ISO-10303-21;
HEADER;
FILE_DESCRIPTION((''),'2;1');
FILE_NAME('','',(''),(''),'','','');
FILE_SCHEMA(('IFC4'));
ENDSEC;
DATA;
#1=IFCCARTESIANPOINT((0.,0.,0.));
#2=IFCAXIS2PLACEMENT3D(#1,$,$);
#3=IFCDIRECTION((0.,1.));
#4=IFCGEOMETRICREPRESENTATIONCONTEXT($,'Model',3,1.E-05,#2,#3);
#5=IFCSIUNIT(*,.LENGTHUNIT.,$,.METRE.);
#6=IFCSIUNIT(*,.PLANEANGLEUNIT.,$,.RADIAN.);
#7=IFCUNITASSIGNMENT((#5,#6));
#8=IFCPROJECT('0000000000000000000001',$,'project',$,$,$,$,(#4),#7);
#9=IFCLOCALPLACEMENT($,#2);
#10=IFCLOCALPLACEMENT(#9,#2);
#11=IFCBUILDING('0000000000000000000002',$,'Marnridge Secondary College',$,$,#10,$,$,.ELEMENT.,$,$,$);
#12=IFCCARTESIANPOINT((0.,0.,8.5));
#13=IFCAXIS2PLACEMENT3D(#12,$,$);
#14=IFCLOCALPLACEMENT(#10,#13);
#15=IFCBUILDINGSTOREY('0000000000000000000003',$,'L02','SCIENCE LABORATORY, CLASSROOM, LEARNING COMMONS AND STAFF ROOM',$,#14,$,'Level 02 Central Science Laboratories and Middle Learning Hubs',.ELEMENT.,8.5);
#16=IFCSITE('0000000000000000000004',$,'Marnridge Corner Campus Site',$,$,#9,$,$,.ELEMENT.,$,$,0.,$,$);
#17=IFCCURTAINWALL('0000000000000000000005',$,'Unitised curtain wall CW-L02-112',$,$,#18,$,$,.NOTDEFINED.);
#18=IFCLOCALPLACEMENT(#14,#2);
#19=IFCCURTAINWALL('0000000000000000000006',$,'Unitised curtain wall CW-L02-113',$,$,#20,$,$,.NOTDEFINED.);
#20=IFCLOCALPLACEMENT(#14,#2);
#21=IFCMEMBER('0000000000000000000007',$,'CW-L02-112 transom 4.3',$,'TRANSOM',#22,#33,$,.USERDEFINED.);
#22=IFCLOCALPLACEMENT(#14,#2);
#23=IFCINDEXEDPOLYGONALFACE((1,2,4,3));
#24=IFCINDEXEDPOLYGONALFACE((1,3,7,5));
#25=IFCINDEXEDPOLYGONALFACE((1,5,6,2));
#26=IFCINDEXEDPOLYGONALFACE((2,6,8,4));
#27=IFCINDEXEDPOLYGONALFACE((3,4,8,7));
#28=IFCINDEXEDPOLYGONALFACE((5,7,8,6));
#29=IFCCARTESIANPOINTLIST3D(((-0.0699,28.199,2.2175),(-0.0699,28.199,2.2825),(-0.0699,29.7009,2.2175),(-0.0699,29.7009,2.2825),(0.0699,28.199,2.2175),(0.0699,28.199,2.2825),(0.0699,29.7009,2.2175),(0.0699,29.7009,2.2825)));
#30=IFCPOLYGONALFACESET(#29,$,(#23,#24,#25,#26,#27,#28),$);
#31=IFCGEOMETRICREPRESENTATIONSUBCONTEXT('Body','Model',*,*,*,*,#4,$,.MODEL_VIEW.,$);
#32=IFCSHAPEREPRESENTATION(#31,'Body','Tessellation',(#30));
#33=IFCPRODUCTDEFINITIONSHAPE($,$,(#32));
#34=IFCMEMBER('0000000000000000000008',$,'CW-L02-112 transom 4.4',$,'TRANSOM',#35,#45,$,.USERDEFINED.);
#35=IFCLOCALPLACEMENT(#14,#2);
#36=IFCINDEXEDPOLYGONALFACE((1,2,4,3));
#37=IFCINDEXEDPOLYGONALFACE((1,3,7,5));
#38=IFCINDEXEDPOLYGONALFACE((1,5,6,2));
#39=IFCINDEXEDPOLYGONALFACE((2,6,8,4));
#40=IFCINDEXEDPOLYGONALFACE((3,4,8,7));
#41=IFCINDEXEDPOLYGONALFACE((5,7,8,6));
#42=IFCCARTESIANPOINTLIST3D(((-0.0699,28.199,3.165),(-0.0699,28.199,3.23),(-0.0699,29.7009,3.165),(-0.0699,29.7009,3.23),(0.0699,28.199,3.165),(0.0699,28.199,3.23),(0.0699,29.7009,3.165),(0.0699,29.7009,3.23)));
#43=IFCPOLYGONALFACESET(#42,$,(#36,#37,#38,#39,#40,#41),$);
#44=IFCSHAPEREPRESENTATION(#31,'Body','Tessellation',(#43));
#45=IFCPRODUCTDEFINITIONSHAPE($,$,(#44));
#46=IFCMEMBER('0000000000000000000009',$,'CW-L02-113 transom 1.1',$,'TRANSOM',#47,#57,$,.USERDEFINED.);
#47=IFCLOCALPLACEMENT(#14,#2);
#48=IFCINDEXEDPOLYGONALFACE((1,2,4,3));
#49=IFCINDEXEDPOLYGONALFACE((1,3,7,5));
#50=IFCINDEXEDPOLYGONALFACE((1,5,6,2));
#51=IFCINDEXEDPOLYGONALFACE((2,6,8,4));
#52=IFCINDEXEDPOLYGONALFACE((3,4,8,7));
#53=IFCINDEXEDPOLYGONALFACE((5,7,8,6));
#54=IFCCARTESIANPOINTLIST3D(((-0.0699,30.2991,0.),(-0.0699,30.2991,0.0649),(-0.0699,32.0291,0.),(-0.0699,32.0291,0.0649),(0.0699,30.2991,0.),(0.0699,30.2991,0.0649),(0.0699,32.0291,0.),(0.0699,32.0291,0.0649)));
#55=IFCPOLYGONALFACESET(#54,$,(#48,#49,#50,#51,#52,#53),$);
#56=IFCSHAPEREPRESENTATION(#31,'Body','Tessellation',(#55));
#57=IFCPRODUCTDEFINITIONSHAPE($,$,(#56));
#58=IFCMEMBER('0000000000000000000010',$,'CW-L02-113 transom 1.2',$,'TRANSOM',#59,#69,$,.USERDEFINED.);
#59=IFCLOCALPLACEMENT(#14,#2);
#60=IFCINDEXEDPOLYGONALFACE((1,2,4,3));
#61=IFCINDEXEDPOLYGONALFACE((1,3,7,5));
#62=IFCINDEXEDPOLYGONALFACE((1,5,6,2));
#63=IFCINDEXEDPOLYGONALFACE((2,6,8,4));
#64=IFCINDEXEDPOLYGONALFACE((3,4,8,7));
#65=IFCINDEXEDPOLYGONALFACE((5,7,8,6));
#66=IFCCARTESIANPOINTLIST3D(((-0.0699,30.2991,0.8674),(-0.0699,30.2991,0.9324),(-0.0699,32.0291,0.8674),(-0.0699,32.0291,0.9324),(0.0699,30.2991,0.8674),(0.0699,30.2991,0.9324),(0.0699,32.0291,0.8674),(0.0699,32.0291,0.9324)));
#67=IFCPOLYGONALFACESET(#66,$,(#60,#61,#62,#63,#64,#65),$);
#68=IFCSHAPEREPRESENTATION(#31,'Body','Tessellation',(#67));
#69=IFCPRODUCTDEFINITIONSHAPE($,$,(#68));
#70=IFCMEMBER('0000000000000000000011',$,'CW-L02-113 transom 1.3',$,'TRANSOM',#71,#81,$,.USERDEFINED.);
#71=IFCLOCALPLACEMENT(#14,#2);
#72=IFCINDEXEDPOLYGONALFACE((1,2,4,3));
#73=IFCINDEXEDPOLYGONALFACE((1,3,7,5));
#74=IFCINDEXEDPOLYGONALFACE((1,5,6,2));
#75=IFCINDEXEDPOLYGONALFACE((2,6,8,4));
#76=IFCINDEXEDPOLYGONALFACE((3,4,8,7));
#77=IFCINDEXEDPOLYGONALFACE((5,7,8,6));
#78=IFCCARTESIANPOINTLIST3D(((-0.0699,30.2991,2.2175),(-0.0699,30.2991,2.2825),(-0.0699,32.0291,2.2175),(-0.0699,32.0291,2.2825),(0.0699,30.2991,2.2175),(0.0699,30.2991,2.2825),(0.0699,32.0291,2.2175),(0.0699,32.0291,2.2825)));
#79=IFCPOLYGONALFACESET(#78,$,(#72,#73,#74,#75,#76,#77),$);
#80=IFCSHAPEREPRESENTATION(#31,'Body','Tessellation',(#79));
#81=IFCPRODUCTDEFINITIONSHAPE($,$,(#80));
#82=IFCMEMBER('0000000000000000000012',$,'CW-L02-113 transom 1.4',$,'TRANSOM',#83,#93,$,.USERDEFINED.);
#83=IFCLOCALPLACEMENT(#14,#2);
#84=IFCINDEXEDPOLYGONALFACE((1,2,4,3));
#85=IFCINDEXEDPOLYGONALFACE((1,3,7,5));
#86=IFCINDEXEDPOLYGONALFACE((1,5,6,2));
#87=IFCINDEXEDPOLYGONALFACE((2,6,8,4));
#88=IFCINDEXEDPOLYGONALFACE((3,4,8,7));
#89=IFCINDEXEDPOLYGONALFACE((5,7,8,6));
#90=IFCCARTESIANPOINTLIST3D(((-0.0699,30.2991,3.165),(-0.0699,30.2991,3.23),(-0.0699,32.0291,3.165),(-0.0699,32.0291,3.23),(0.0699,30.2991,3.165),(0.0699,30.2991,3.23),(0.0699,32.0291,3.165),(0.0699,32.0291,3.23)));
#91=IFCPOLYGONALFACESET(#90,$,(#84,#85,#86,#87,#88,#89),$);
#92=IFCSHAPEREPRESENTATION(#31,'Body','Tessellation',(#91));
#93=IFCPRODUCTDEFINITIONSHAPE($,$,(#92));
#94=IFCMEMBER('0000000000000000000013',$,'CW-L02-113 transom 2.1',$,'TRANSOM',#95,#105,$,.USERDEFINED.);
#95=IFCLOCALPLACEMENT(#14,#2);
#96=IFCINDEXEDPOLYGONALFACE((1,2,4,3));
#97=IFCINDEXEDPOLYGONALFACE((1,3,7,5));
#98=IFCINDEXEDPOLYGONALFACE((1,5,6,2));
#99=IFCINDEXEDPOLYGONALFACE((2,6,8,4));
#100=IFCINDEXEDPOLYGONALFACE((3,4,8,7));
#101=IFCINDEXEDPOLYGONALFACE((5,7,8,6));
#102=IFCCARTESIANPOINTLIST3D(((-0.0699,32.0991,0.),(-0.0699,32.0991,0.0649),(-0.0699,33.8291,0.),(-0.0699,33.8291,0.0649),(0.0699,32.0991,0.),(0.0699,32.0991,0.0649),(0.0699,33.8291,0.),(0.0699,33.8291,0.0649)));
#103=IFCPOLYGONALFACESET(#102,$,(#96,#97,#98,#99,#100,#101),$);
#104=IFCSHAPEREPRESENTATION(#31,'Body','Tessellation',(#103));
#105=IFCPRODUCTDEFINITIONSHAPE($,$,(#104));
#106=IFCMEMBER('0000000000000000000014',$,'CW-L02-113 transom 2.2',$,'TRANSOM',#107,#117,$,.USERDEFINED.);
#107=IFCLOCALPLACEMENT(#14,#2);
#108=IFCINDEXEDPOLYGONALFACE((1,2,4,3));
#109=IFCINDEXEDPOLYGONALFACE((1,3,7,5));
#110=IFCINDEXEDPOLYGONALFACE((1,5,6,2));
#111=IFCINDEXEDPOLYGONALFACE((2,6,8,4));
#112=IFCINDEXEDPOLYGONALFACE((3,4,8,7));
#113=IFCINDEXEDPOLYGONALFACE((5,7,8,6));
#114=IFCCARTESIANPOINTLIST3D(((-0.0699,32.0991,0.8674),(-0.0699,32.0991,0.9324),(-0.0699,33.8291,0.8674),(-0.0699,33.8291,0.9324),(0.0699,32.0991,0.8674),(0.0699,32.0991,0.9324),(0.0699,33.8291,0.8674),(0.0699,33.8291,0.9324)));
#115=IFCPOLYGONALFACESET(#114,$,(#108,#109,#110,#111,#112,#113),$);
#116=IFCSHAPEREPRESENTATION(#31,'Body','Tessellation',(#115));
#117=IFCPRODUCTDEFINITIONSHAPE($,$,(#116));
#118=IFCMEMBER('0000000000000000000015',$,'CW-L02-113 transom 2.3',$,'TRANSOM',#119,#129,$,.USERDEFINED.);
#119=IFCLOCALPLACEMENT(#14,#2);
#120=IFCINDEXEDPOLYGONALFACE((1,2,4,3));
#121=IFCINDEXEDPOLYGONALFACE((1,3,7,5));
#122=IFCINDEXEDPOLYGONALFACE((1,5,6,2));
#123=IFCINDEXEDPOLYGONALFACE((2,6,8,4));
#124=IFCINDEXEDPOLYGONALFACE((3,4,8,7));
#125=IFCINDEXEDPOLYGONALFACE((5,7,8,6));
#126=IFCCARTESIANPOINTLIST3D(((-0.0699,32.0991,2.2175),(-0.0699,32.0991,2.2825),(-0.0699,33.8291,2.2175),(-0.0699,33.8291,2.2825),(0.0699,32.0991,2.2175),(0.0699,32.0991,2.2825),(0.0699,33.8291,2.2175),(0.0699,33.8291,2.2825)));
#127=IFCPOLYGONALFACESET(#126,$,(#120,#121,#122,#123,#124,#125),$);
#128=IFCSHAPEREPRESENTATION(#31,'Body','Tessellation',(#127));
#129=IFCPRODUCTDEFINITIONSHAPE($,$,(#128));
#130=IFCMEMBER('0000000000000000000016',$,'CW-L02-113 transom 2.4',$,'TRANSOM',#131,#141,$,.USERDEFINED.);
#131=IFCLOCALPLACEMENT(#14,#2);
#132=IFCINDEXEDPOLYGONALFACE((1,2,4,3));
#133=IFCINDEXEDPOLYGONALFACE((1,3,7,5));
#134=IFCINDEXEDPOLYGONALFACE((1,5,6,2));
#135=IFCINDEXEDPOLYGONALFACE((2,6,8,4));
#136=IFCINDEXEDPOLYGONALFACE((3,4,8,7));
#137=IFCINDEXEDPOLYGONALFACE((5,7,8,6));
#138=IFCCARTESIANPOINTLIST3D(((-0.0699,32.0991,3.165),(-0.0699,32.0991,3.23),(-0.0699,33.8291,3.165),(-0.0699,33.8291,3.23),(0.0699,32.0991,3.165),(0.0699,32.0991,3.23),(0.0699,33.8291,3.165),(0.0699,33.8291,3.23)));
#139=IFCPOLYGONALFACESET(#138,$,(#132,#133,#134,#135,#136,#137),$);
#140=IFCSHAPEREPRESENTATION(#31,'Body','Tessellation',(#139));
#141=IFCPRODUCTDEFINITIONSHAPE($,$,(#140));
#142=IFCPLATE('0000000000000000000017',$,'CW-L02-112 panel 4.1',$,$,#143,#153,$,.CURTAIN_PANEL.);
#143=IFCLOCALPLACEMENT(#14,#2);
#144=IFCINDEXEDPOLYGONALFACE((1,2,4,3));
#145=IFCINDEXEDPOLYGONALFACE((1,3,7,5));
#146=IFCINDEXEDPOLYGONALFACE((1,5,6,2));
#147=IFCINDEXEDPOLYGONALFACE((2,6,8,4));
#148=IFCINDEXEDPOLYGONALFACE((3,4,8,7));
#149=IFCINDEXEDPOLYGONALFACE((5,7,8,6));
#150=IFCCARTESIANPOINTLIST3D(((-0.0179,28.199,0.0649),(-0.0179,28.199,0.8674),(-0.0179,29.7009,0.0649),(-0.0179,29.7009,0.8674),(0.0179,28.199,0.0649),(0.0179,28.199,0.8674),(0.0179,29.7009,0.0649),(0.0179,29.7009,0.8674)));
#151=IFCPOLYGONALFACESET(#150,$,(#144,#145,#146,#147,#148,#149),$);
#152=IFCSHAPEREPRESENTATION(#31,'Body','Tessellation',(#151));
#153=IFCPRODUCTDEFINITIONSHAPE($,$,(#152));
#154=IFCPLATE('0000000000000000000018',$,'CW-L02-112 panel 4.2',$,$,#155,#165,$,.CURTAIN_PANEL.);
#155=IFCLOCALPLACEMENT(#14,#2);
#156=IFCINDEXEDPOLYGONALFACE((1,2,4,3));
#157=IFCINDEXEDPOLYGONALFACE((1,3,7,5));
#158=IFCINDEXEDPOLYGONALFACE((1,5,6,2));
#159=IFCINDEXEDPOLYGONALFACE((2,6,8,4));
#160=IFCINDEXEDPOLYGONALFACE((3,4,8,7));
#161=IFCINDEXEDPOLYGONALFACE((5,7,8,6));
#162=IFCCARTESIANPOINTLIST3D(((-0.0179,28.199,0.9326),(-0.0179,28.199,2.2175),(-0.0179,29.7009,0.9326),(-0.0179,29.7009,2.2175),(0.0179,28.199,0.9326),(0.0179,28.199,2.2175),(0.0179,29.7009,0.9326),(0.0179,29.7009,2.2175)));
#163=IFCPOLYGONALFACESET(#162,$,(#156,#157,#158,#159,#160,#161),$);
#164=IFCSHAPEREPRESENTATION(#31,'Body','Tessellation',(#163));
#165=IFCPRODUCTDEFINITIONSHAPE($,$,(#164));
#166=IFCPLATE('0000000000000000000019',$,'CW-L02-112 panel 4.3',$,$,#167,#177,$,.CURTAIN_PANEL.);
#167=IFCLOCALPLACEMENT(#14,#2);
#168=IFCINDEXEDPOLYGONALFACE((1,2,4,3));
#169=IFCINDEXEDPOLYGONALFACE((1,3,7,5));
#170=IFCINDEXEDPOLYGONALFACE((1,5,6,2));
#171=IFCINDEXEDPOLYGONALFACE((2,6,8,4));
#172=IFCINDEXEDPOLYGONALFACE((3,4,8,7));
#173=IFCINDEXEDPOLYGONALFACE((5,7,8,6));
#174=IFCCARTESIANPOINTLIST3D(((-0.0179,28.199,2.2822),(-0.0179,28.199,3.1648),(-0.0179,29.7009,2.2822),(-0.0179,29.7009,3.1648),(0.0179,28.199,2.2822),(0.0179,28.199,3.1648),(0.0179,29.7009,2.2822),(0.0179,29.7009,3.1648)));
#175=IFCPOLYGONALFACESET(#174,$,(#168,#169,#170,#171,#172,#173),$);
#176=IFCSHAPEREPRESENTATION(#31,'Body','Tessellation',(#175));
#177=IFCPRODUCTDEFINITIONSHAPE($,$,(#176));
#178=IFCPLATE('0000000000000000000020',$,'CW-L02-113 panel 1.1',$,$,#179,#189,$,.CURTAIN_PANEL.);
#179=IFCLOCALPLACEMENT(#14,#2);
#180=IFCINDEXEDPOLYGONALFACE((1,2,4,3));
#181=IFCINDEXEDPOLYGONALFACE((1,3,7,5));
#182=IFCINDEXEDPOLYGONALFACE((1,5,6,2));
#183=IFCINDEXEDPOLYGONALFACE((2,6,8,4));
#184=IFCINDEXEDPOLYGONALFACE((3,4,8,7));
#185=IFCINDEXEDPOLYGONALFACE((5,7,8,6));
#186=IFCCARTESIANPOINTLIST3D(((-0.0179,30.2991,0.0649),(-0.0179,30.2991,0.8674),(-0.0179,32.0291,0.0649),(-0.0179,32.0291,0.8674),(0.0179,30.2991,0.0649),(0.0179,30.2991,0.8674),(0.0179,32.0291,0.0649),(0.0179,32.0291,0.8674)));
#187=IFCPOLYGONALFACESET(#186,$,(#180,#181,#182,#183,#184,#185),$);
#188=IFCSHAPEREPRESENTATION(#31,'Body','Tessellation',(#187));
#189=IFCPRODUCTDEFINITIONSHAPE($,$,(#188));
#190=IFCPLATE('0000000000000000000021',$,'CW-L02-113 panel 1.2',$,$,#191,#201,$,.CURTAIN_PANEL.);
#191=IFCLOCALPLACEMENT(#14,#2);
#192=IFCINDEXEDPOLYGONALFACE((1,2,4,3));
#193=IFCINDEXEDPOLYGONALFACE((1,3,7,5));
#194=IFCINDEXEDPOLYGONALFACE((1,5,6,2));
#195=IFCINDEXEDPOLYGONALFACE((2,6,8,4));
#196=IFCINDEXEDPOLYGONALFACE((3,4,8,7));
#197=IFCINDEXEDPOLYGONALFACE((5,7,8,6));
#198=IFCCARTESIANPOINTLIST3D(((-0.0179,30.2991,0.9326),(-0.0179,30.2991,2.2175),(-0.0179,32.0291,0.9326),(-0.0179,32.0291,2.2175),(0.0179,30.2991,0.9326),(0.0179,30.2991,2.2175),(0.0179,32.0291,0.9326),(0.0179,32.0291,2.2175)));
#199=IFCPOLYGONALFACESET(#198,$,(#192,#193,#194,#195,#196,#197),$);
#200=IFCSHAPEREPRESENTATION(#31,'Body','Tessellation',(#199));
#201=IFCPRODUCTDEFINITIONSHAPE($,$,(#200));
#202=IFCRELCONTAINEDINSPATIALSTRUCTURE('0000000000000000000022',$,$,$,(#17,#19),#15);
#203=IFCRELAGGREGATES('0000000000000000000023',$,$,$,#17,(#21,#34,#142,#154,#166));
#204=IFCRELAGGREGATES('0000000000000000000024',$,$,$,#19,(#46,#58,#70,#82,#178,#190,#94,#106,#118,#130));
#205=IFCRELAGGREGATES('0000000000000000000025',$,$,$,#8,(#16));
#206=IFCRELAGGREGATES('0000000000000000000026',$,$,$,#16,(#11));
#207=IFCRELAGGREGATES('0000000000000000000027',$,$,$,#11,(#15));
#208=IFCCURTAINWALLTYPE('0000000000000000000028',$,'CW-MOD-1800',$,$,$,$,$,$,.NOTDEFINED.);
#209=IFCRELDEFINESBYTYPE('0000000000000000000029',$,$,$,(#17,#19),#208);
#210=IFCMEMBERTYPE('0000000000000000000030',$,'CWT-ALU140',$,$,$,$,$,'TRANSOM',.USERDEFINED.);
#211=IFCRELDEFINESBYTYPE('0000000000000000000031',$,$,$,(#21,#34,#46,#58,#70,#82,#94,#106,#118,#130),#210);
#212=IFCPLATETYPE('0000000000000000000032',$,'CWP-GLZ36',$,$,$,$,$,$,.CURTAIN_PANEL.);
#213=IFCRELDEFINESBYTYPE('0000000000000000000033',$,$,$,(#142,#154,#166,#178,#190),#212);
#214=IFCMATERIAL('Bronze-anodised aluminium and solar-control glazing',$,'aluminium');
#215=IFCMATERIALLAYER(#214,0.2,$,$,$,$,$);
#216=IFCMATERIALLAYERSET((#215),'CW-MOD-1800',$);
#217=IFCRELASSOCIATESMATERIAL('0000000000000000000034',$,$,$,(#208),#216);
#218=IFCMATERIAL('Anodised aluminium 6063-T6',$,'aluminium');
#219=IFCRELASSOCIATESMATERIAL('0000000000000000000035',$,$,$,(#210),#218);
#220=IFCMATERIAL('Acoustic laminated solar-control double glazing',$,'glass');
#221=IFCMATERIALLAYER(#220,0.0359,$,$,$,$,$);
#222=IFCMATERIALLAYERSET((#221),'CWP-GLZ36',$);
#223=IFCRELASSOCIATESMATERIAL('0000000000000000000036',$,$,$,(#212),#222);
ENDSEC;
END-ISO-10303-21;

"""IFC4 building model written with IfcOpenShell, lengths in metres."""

from ifc_helpers import new_model, si_unit, direction, frame, origin, origin_2d, place, context, subcontext, project, spatial, rectangle, extrude, material, layer, layer_set, material_profile, profile_set, type_object, element, aggregate, save


model = new_model("IFC4")

# Units and contexts
model_context = context("Model", 3, precision=1e-05, world=origin(), true_north=direction((0.0, 1.0)))
body_context = subcontext(model_context, "Body", "Model", "MODEL_VIEW")
ifc_project = project(units=[si_unit("LENGTHUNIT", "METRE"), si_unit("PLANEANGLEUNIT", "RADIAN")], contexts=[model_context])

# Site, building, storey
site_placement = place(None, origin())
site = spatial("IfcSite", under=ifc_project, at=site_placement, Name="Marnridge Corner Campus Site", CompositionType="ELEMENT", RefElevation=0.0)
building_placement = place(site_placement, origin())
building = spatial("IfcBuilding", under=site, at=building_placement, Name="Marnridge Secondary College", CompositionType="ELEMENT")
storey_placement = place(building_placement, frame((0.0, 0.0, 8.5)))
storey = spatial("IfcBuildingStorey", under=building, at=storey_placement, Name="L02", Description="SCIENCE LABORATORY, CLASSROOM, LEARNING COMMONS AND STAFF ROOM", LongName="Level 02 Central Science Laboratories and Middle Learning Hubs", CompositionType="ELEMENT", Elevation=8.5)

# Curtain wall
ifc_material_1 = material(Name="Bronze-anodised aluminium and solar-control glazing", Category="aluminium")
ifc_layer_1 = layer(ifc_material_1, 0.2)
ifc_layer_set_1 = layer_set([ifc_layer_1], Name="CW-MOD-1800")
curtain_wall_type = type_object("IfcCurtainWallType", Name="CW-MOD-1800", PredefinedType="NOTDEFINED", material=ifc_layer_set_1)
curtain_wall_1_placement = place(storey_placement, origin())
curtain_wall_1 = element("IfcCurtainWall", 1, at=curtain_wall_1_placement, inside=storey, type_object=curtain_wall_type, Name="Unitised curtain wall CW-L02-112", PredefinedType="NOTDEFINED")

# Curtain wall
curtain_wall_2_placement = place(storey_placement, origin())
curtain_wall_2 = element("IfcCurtainWall", 2, at=curtain_wall_2_placement, inside=storey, type_object=curtain_wall_type, Name="Unitised curtain wall CW-L02-113", PredefinedType="NOTDEFINED")

# Members
ifc_material_2 = material(Name="Anodised aluminium 6063-T6", Category="aluminium")
ifc_material_profile_1 = material_profile(ifc_material_2, rectangle(XDim=0.0649, YDim=0.1399, at=origin_2d()), Name="ALU 65x140")
ifc_profile_set_1 = profile_set([ifc_material_profile_1], Name="Anodised aluminium 6063-T6")
member_type_1 = type_object("IfcMemberType", Name="CWT-ALU140", ElementType="TRANSOM", PredefinedType="USERDEFINED", material=ifc_profile_set_1)
member_1_placement = place(storey_placement, frame((0.0, 28.199, 2.25), z_axis=(0.0, 1.0, 0.0), x_axis=(0.0, 0.0, 1.0)))
member_1 = element("IfcMember", 3, at=member_1_placement, type_object=member_type_1, Name="CW-L02-112 transom 4.3", ObjectType="TRANSOM", PredefinedType="USERDEFINED", context=body_context, shape_type="SweptSolid", body=[
    extrude(rectangle(XDim=0.0649, YDim=0.1399, at=origin_2d()), origin(), (0.0, 0.0, 1.0), 1.502),
])
member_2_placement = place(storey_placement, frame((0.0, 28.199, 3.1975), z_axis=(0.0, 1.0, 0.0), x_axis=(0.0, 0.0, 1.0)))
member_2 = element("IfcMember", 4, at=member_2_placement, type_object=member_type_1, Name="CW-L02-112 transom 4.4", ObjectType="TRANSOM", PredefinedType="USERDEFINED", context=body_context, shape_type="SweptSolid", body=[
    extrude(rectangle(XDim=0.0649, YDim=0.1399, at=origin_2d()), origin(), (0.0, 0.0, 1.0), 1.502),
])
member_3_placement = place(storey_placement, frame((0.0, 30.2991, 0.0325), z_axis=(0.0, 1.0, 0.0), x_axis=(0.0, 0.0, 1.0)))
member_3 = element("IfcMember", 5, at=member_3_placement, type_object=member_type_1, Name="CW-L02-113 transom 1.1", ObjectType="TRANSOM", PredefinedType="USERDEFINED", context=body_context, shape_type="SweptSolid", body=[
    extrude(rectangle(XDim=0.0649, YDim=0.1399, at=origin_2d()), origin(), (0.0, 0.0, 1.0), 1.73),
])
member_4_placement = place(storey_placement, frame((0.0, 30.2991, 0.8999), z_axis=(0.0, 1.0, 0.0), x_axis=(0.0, 0.0, 1.0)))
member_4 = element("IfcMember", 6, at=member_4_placement, type_object=member_type_1, Name="CW-L02-113 transom 1.2", ObjectType="TRANSOM", PredefinedType="USERDEFINED", context=body_context, shape_type="SweptSolid", body=[
    extrude(rectangle(XDim=0.0649, YDim=0.1399, at=origin_2d()), origin(), (0.0, 0.0, 1.0), 1.73),
])
member_5_placement = place(storey_placement, frame((0.0, 30.2991, 2.25), z_axis=(0.0, 1.0, 0.0), x_axis=(0.0, 0.0, 1.0)))
member_5 = element("IfcMember", 7, at=member_5_placement, type_object=member_type_1, Name="CW-L02-113 transom 1.3", ObjectType="TRANSOM", PredefinedType="USERDEFINED", context=body_context, shape_type="SweptSolid", body=[
    extrude(rectangle(XDim=0.0649, YDim=0.1399, at=origin_2d()), origin(), (0.0, 0.0, 1.0), 1.73),
])
member_6_placement = place(storey_placement, frame((0.0, 30.2991, 3.1975), z_axis=(0.0, 1.0, 0.0), x_axis=(0.0, 0.0, 1.0)))
member_6 = element("IfcMember", 8, at=member_6_placement, type_object=member_type_1, Name="CW-L02-113 transom 1.4", ObjectType="TRANSOM", PredefinedType="USERDEFINED", context=body_context, shape_type="SweptSolid", body=[
    extrude(rectangle(XDim=0.0649, YDim=0.1399, at=origin_2d()), origin(), (0.0, 0.0, 1.0), 1.73),
])
member_7_placement = place(storey_placement, frame((0.0, 32.0991, 0.0325), z_axis=(0.0, 1.0, 0.0), x_axis=(0.0, 0.0, 1.0)))
member_7 = element("IfcMember", 9, at=member_7_placement, type_object=member_type_1, Name="CW-L02-113 transom 2.1", ObjectType="TRANSOM", PredefinedType="USERDEFINED", context=body_context, shape_type="SweptSolid", body=[
    extrude(rectangle(XDim=0.0649, YDim=0.1399, at=origin_2d()), origin(), (0.0, 0.0, 1.0), 1.73),
])
member_8_placement = place(storey_placement, frame((0.0, 32.0991, 0.8999), z_axis=(0.0, 1.0, 0.0), x_axis=(0.0, 0.0, 1.0)))
member_8 = element("IfcMember", 10, at=member_8_placement, type_object=member_type_1, Name="CW-L02-113 transom 2.2", ObjectType="TRANSOM", PredefinedType="USERDEFINED", context=body_context, shape_type="SweptSolid", body=[
    extrude(rectangle(XDim=0.0649, YDim=0.1399, at=origin_2d()), origin(), (0.0, 0.0, 1.0), 1.73),
])
member_9_placement = place(storey_placement, frame((0.0, 32.0991, 2.25), z_axis=(0.0, 1.0, 0.0), x_axis=(0.0, 0.0, 1.0)))
member_9 = element("IfcMember", 11, at=member_9_placement, type_object=member_type_1, Name="CW-L02-113 transom 2.3", ObjectType="TRANSOM", PredefinedType="USERDEFINED", context=body_context, shape_type="SweptSolid", body=[
    extrude(rectangle(XDim=0.0649, YDim=0.1399, at=origin_2d()), origin(), (0.0, 0.0, 1.0), 1.73),
])
member_10_placement = place(storey_placement, frame((0.0, 32.0991, 3.1975), z_axis=(0.0, 1.0, 0.0), x_axis=(0.0, 0.0, 1.0)))
member_10 = element("IfcMember", 12, at=member_10_placement, type_object=member_type_1, Name="CW-L02-113 transom 2.4", ObjectType="TRANSOM", PredefinedType="USERDEFINED", context=body_context, shape_type="SweptSolid", body=[
    extrude(rectangle(XDim=0.0649, YDim=0.1399, at=origin_2d()), origin(), (0.0, 0.0, 1.0), 1.73),
])

# Plates
ifc_material_3 = material(Name="Acoustic laminated solar-control double glazing", Category="glass")
ifc_layer_2 = layer(ifc_material_3, 0.0359)
ifc_layer_set_2 = layer_set([ifc_layer_2], Name="CWP-GLZ36")
plate_type = type_object("IfcPlateType", Name="CWP-GLZ36", PredefinedType="CURTAIN_PANEL", material=ifc_layer_set_2)
plate_1_placement = place(storey_placement, frame((0.0, 28.95, 0.0649), z_axis=(0.0, 0.0, 1.0), x_axis=(0.0, 1.0, 0.0)))
plate_1 = element("IfcPlate", 13, at=plate_1_placement, type_object=plate_type, Name="CW-L02-112 panel 4.1", PredefinedType="CURTAIN_PANEL", context=body_context, shape_type="SweptSolid", body=[
    extrude(rectangle(XDim=1.502, YDim=0.0359, at=origin_2d()), origin(), (0.0, 0.0, 1.0), 0.8025),
])
plate_2_placement = place(storey_placement, frame((0.0, 28.95, 0.9326), z_axis=(0.0, 0.0, 1.0), x_axis=(0.0, 1.0, 0.0)))
plate_2 = element("IfcPlate", 14, at=plate_2_placement, type_object=plate_type, Name="CW-L02-112 panel 4.2", PredefinedType="CURTAIN_PANEL", context=body_context, shape_type="SweptSolid", body=[
    extrude(rectangle(XDim=1.502, YDim=0.0359, at=origin_2d()), origin(), (0.0, 0.0, 1.0), 1.2849),
])
plate_3_placement = place(storey_placement, frame((0.0, 28.95, 2.2822), z_axis=(0.0, 0.0, 1.0), x_axis=(0.0, 1.0, 0.0)))
plate_3 = element("IfcPlate", 15, at=plate_3_placement, type_object=plate_type, Name="CW-L02-112 panel 4.3", PredefinedType="CURTAIN_PANEL", context=body_context, shape_type="SweptSolid", body=[
    extrude(rectangle(XDim=1.502, YDim=0.0359, at=origin_2d()), origin(), (0.0, 0.0, 1.0), 0.8826),
])
aggregate(curtain_wall_1, [member_1, member_2, plate_1, plate_2, plate_3])
plate_4_placement = place(storey_placement, frame((0.0, 31.1641, 0.0649), z_axis=(0.0, 0.0, 1.0), x_axis=(0.0, 1.0, 0.0)))
plate_4 = element("IfcPlate", 16, at=plate_4_placement, type_object=plate_type, Name="CW-L02-113 panel 1.1", PredefinedType="CURTAIN_PANEL", context=body_context, shape_type="SweptSolid", body=[
    extrude(rectangle(XDim=1.73, YDim=0.0359, at=origin_2d()), origin(), (0.0, 0.0, 1.0), 0.8025),
])
plate_5_placement = place(storey_placement, frame((0.0, 31.1641, 0.9326), z_axis=(0.0, 0.0, 1.0), x_axis=(0.0, 1.0, 0.0)))
plate_5 = element("IfcPlate", 17, at=plate_5_placement, type_object=plate_type, Name="CW-L02-113 panel 1.2", PredefinedType="CURTAIN_PANEL", context=body_context, shape_type="SweptSolid", body=[
    extrude(rectangle(XDim=1.73, YDim=0.0359, at=origin_2d()), origin(), (0.0, 0.0, 1.0), 1.2849),
])
aggregate(curtain_wall_2, [member_3, member_4, member_5, member_6, plate_4, plate_5, member_7, member_8, member_9, member_10])

save(model, "model.ifc")
